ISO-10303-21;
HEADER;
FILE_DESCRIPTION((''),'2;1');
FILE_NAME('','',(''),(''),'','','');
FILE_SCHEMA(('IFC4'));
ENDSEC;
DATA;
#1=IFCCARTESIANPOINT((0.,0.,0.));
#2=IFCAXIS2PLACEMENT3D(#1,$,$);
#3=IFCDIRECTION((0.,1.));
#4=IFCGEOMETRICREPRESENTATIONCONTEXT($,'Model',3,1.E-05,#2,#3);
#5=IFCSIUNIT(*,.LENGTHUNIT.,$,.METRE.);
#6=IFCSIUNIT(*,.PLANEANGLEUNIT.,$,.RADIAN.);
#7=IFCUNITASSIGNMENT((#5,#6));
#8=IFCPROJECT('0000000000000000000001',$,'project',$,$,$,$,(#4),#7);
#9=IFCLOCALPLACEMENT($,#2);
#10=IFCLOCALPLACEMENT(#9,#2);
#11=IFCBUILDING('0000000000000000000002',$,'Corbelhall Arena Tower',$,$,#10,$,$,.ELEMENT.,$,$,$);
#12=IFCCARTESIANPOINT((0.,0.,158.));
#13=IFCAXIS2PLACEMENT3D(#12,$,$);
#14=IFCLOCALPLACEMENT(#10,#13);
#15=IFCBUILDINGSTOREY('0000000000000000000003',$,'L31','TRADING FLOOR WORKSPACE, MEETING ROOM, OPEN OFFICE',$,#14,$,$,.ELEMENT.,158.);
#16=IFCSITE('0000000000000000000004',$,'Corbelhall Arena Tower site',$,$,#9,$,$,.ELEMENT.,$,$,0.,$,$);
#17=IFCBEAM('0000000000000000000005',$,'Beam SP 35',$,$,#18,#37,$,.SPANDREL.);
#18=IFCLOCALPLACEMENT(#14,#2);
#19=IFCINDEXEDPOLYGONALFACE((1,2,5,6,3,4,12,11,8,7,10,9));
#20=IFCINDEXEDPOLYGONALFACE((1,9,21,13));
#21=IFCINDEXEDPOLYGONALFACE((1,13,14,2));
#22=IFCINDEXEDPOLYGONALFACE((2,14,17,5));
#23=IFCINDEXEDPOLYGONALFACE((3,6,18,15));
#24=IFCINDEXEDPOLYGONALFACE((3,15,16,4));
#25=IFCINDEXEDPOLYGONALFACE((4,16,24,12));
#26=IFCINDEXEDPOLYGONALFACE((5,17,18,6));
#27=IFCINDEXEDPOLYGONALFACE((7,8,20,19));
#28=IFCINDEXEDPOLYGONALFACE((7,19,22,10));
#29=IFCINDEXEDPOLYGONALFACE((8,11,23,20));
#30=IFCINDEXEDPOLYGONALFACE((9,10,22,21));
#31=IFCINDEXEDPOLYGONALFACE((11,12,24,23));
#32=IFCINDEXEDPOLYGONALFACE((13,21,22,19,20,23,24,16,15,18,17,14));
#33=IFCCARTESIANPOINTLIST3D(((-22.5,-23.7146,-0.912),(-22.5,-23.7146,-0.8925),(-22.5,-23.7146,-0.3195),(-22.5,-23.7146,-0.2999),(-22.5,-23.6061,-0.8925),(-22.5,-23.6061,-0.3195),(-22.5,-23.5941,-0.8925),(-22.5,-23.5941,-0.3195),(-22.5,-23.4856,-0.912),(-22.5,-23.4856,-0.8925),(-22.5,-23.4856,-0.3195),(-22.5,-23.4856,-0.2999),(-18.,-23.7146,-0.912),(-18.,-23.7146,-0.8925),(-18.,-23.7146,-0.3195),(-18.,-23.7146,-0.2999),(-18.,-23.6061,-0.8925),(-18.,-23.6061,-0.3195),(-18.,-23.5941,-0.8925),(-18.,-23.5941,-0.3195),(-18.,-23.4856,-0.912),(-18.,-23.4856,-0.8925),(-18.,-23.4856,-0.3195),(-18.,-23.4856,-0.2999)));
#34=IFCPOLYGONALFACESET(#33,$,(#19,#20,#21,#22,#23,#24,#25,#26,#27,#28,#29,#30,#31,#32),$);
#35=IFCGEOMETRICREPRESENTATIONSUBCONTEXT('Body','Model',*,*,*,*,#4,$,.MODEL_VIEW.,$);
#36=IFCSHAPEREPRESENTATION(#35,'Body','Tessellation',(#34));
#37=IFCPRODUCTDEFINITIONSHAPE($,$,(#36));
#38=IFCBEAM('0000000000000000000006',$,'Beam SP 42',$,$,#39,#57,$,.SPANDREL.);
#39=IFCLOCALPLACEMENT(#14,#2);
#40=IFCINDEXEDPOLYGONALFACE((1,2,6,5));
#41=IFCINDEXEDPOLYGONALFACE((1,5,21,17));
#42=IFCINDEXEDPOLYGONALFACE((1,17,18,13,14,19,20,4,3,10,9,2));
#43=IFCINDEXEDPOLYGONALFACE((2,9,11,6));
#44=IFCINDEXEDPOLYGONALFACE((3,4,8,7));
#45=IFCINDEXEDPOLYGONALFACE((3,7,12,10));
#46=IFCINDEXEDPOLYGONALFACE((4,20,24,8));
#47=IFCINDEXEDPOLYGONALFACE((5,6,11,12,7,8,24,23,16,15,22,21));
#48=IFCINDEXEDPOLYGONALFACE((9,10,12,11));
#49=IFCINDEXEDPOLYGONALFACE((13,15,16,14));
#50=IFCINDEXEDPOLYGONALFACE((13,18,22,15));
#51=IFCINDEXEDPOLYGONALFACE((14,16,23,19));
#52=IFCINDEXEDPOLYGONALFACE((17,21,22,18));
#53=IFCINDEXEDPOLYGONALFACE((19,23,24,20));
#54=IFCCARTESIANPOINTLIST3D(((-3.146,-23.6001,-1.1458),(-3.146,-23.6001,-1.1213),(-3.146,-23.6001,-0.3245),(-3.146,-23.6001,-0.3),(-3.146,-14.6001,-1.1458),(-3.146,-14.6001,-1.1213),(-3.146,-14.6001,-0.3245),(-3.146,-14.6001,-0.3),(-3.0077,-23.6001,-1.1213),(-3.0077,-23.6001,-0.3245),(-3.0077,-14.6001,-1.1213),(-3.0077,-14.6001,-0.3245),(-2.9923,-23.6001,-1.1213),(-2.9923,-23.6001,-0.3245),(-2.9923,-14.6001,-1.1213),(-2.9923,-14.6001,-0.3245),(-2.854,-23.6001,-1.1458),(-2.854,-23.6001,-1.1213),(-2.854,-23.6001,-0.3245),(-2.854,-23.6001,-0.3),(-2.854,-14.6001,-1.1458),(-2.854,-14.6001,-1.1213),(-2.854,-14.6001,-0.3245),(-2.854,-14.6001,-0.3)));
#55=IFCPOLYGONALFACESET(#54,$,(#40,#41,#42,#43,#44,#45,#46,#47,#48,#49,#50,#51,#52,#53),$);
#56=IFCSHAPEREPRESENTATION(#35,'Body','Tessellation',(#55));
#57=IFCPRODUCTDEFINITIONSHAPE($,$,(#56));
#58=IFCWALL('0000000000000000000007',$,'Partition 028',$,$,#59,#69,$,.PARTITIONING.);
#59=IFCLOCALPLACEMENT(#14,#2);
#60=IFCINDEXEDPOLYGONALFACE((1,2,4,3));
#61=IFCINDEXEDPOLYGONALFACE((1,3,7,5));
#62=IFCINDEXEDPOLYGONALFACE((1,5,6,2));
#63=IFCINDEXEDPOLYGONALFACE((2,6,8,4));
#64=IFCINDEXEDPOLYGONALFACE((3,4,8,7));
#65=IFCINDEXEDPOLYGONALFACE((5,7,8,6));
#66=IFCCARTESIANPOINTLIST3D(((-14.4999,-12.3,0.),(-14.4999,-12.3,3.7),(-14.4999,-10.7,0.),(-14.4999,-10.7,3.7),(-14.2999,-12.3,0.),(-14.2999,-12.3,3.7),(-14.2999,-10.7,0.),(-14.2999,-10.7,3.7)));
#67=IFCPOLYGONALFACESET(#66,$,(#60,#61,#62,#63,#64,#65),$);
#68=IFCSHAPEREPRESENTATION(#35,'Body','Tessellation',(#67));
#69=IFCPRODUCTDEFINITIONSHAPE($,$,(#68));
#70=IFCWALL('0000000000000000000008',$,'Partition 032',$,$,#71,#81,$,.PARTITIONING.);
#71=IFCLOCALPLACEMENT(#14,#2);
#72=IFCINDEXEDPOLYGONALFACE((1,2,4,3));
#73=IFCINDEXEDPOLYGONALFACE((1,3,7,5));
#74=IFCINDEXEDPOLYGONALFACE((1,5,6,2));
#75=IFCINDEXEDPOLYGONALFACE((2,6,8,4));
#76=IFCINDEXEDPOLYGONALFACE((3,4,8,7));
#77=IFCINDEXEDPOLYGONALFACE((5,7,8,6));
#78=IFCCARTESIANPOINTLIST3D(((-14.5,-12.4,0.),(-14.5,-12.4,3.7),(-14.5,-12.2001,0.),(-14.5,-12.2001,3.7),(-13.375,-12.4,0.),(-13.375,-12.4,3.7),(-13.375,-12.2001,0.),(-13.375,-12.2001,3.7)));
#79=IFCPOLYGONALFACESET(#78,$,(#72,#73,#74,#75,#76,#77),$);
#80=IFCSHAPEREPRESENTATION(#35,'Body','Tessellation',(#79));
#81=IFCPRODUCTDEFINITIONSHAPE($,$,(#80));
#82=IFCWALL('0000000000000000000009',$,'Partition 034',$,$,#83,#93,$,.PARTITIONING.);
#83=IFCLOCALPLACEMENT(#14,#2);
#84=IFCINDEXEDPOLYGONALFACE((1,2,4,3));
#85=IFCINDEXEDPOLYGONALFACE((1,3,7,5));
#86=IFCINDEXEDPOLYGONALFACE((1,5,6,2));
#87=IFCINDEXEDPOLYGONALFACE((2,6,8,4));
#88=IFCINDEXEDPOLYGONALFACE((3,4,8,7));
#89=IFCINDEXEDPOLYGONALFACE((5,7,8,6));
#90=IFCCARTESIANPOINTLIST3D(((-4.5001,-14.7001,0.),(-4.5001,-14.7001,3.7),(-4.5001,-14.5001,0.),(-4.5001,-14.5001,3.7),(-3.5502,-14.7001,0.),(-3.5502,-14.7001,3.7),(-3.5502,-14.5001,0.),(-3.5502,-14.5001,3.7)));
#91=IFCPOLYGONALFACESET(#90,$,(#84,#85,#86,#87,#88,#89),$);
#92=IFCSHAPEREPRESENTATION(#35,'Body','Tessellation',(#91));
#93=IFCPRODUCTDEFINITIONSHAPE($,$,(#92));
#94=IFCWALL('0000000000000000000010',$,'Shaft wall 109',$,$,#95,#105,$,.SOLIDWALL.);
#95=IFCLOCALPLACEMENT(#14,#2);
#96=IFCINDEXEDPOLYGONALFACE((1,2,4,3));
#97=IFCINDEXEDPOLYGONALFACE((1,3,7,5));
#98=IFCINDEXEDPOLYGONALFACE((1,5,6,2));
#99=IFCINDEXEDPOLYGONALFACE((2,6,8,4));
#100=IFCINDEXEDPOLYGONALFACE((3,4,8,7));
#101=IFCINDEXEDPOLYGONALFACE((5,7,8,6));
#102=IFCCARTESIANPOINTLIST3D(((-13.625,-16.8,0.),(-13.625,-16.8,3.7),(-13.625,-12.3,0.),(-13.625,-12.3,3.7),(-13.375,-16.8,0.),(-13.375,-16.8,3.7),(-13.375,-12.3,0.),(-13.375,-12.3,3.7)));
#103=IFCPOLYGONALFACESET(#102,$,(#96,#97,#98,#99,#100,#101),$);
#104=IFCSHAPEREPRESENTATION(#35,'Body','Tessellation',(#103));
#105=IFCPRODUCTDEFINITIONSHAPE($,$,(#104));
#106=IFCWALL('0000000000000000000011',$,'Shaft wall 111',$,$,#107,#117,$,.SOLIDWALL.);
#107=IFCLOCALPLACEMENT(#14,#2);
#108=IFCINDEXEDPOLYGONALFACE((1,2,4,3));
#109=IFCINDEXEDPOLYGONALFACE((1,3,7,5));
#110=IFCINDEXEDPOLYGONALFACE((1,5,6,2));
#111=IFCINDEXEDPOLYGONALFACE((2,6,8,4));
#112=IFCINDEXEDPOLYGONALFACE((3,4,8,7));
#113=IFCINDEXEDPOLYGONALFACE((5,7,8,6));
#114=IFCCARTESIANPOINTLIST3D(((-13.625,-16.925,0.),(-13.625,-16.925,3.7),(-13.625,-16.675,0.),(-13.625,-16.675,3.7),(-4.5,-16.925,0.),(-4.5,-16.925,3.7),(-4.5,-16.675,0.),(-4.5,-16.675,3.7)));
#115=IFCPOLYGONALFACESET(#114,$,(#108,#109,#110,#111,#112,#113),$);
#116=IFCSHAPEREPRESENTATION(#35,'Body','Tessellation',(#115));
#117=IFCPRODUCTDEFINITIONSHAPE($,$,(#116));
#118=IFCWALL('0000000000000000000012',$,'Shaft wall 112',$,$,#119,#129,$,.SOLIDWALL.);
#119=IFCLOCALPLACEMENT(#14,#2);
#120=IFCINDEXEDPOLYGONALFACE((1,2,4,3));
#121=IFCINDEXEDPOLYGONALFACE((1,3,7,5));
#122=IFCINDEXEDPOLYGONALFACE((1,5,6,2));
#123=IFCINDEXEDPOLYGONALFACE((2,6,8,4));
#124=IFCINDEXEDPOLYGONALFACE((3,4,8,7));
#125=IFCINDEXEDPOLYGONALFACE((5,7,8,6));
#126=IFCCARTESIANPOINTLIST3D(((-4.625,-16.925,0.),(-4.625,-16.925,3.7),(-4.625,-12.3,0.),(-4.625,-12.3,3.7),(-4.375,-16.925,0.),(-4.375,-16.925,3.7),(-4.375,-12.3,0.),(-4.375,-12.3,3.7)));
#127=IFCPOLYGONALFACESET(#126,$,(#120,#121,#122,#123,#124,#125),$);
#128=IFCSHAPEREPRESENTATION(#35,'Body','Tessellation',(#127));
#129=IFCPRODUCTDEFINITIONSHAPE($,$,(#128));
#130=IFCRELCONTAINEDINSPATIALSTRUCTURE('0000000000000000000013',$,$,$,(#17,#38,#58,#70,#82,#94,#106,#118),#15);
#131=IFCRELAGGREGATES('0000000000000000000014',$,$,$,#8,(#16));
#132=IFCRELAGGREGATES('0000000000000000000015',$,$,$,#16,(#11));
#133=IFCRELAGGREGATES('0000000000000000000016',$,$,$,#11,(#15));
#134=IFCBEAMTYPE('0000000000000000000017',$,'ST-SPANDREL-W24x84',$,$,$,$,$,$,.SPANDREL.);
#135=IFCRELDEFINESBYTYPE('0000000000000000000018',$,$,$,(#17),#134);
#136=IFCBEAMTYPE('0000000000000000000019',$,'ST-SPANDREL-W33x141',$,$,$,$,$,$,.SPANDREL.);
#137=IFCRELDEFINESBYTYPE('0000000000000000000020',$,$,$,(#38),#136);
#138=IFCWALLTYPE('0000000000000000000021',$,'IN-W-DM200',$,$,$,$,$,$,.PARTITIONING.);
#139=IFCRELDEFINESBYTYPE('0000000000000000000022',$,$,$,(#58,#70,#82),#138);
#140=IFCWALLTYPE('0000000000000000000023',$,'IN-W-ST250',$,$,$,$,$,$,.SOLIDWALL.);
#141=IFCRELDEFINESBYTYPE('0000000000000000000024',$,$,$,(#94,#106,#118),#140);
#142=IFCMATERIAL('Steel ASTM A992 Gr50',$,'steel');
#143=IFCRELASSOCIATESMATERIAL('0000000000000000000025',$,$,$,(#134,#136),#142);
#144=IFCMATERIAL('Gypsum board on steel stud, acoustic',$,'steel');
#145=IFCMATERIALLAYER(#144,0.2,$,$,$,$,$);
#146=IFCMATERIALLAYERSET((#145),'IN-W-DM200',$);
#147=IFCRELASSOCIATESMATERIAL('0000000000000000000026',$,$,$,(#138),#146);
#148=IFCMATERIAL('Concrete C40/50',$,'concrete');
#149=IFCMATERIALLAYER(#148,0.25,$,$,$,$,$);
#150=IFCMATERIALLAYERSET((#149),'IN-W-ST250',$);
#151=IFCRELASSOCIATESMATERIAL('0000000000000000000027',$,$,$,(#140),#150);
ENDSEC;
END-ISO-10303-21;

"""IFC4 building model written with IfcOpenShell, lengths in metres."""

from ifc_helpers import new_model, si_unit, direction, frame, frame_2d, origin, origin_2d, place, context, subcontext, project, spatial, rectangle, i_section, extrude, material, layer, layer_set, material_profile, profile_set, type_object, element, save


model = new_model("IFC4")

# Units and contexts
model_context = context("Model", 3, precision=1e-05, world=origin(), true_north=direction((0.0, 1.0)))
body_context = subcontext(model_context, "Body", "Model", "MODEL_VIEW")
ifc_project = project(units=[si_unit("LENGTHUNIT", "METRE"), si_unit("PLANEANGLEUNIT", "RADIAN")], contexts=[model_context])

# Site, building, storey
site_placement = place(None, origin())
site = spatial("IfcSite", under=ifc_project, at=site_placement, Name="Corbelhall Arena Tower site", CompositionType="ELEMENT", RefElevation=0.0)
building_placement = place(site_placement, origin())
building = spatial("IfcBuilding", under=site, at=building_placement, Name="Corbelhall Arena Tower", CompositionType="ELEMENT")
storey_placement = place(building_placement, frame((0.0, 0.0, 158.0)))
storey = spatial("IfcBuildingStorey", under=building, at=storey_placement, Name="L31", Description="TRADING FLOOR WORKSPACE, MEETING ROOM, OPEN OFFICE", CompositionType="ELEMENT", Elevation=158.0)

# Beams
ifc_material_1 = material(Name="Steel ASTM A992 Gr50", Category="steel")
ifc_material_profile_1 = material_profile(ifc_material_1, i_section(OverallWidth=0.229, OverallDepth=0.6121, WebThickness=0.012, FlangeThickness=0.0195, at=origin_2d()))
ifc_profile_set_1 = profile_set([ifc_material_profile_1], Name="Steel ASTM A992 Gr50")
beam_type_1 = type_object("IfcBeamType", Name="ST-SPANDREL-W24x84", PredefinedType="SPANDREL", material=ifc_profile_set_1)
for number, where, z_axis, x_axis, name in (
    (1, (-18.0, -23.6001, -0.606), (-1.0, 0.0, 0.0), (0.0, -1.0, 0.0), "Beam SP 35"),
):
    element("IfcBeam", number, at=place(storey_placement, frame(where, z_axis=z_axis, x_axis=x_axis)), inside=storey, type_object=beam_type_1, Name=name, PredefinedType="SPANDREL", context=body_context, shape_type="SweptSolid", body=[
        extrude(i_section(OverallWidth=0.229, OverallDepth=0.6121, WebThickness=0.012, FlangeThickness=0.0195, at=origin_2d()), origin(), (0.0, 0.0, 1.0), 4.5),
    ])
ifc_material_profile_2 = material_profile(ifc_material_1, i_section(OverallWidth=0.292, OverallDepth=0.8457, WebThickness=0.0154, FlangeThickness=0.0244, at=origin_2d()))
ifc_profile_set_2 = profile_set([ifc_material_profile_2], Name="Steel ASTM A992 Gr50")
beam_type_2 = type_object("IfcBeamType", Name="ST-SPANDREL-W33x141", PredefinedType="SPANDREL", material=ifc_profile_set_2)
beam_1_placement = place(storey_placement, frame((-3.0, -14.6001, -0.7229), z_axis=(0.0, -1.0, 0.0), x_axis=(1.0, 0.0, 0.0)))
element("IfcBeam", 2, at=beam_1_placement, inside=storey, type_object=beam_type_2, Name="Beam SP 42", PredefinedType="SPANDREL", context=body_context, shape_type="SweptSolid", body=[
    extrude(i_section(OverallWidth=0.292, OverallDepth=0.8457, WebThickness=0.0154, FlangeThickness=0.0244, at=origin_2d()), origin(), (0.0, 0.0, 1.0), 9.0),
])

# Walls
ifc_material_2 = material(Name="Gypsum board on steel stud, acoustic", Category="steel")
ifc_layer_1 = layer(ifc_material_2, 0.2)
ifc_layer_set_1 = layer_set([ifc_layer_1], Name="IN-W-DM200")
wall_type_1 = type_object("IfcWallType", Name="IN-W-DM200", PredefinedType="PARTITIONING", material=ifc_layer_set_1)
wall_1_placement = place(storey_placement, frame((-14.3999, -12.3, 0.0), z_axis=(0.0, 0.0, 1.0), x_axis=(0.0, 1.0, 0.0)))
element("IfcWall", 3, at=wall_1_placement, inside=storey, type_object=wall_type_1, Name="Partition 028", PredefinedType="PARTITIONING", context=body_context, shape_type="SweptSolid", body=[
    extrude(rectangle(XDim=1.6001, YDim=0.2, at=frame_2d((0.8, 0.0))), origin(), (0.0, 0.0, 1.0), 3.7),
])
wall_2_placement = place(storey_placement, frame((-13.375, -12.3, 0.0), z_axis=(0.0, 0.0, 1.0), x_axis=(-1.0, 0.0, 0.0)))
element("IfcWall", 4, at=wall_2_placement, inside=storey, type_object=wall_type_1, Name="Partition 032", PredefinedType="PARTITIONING", context=body_context, shape_type="SweptSolid", body=[
    extrude(rectangle(XDim=1.125, YDim=0.2, at=frame_2d((0.5625, 0.0))), origin(), (0.0, 0.0, 1.0), 3.7),
])
wall_3_placement = place(storey_placement, frame((-3.55, -14.6001, 0.0), z_axis=(0.0, 0.0, 1.0), x_axis=(-1.0, 0.0, 0.0)))
element("IfcWall", 5, at=wall_3_placement, inside=storey, type_object=wall_type_1, Name="Partition 034", PredefinedType="PARTITIONING", context=body_context, shape_type="SweptSolid", body=[
    extrude(rectangle(XDim=0.95, YDim=0.2, at=frame_2d((0.4751, 0.0))), origin(), (0.0, 0.0, 1.0), 3.7),
])
ifc_material_3 = material(Name="Concrete C40/50", Category="concrete")
ifc_layer_2 = layer(ifc_material_3, 0.25)
ifc_layer_set_2 = layer_set([ifc_layer_2], Name="IN-W-ST250")
wall_type_2 = type_object("IfcWallType", Name="IN-W-ST250", PredefinedType="SOLIDWALL", material=ifc_layer_set_2)
wall_4_placement = place(storey_placement, frame((-13.5, -16.8, 0.0), z_axis=(0.0, 0.0, 1.0), x_axis=(0.0, 1.0, 0.0)))
element("IfcWall", 6, at=wall_4_placement, inside=storey, type_object=wall_type_2, Name="Shaft wall 109", PredefinedType="SOLIDWALL", context=body_context, shape_type="SweptSolid", body=[
    extrude(rectangle(XDim=4.5, YDim=0.25, at=frame_2d((2.25, 0.0))), origin(), (0.0, 0.0, 1.0), 3.7),
])
wall_5_placement = place(storey_placement, frame((-4.5, -16.8, 0.0), z_axis=(0.0, 0.0, 1.0), x_axis=(-1.0, 0.0, 0.0)))
element("IfcWall", 7, at=wall_5_placement, inside=storey, type_object=wall_type_2, Name="Shaft wall 111", PredefinedType="SOLIDWALL", context=body_context, shape_type="SweptSolid", body=[
    extrude(rectangle(XDim=9.125, YDim=0.25, at=frame_2d((4.5625, 0.0))), origin(), (0.0, 0.0, 1.0), 3.7),
])
wall_6_placement = place(storey_placement, frame((-4.5, -12.3, 0.0), z_axis=(0.0, 0.0, 1.0), x_axis=(0.0, -1.0, 0.0)))
element("IfcWall", 8, at=wall_6_placement, inside=storey, type_object=wall_type_2, Name="Shaft wall 112", PredefinedType="SOLIDWALL", context=body_context, shape_type="SweptSolid", body=[
    extrude(rectangle(XDim=4.625, YDim=0.25, at=frame_2d((2.3125, 0.0))), origin(), (0.0, 0.0, 1.0), 3.7),
])

save(model, "model.ifc")
